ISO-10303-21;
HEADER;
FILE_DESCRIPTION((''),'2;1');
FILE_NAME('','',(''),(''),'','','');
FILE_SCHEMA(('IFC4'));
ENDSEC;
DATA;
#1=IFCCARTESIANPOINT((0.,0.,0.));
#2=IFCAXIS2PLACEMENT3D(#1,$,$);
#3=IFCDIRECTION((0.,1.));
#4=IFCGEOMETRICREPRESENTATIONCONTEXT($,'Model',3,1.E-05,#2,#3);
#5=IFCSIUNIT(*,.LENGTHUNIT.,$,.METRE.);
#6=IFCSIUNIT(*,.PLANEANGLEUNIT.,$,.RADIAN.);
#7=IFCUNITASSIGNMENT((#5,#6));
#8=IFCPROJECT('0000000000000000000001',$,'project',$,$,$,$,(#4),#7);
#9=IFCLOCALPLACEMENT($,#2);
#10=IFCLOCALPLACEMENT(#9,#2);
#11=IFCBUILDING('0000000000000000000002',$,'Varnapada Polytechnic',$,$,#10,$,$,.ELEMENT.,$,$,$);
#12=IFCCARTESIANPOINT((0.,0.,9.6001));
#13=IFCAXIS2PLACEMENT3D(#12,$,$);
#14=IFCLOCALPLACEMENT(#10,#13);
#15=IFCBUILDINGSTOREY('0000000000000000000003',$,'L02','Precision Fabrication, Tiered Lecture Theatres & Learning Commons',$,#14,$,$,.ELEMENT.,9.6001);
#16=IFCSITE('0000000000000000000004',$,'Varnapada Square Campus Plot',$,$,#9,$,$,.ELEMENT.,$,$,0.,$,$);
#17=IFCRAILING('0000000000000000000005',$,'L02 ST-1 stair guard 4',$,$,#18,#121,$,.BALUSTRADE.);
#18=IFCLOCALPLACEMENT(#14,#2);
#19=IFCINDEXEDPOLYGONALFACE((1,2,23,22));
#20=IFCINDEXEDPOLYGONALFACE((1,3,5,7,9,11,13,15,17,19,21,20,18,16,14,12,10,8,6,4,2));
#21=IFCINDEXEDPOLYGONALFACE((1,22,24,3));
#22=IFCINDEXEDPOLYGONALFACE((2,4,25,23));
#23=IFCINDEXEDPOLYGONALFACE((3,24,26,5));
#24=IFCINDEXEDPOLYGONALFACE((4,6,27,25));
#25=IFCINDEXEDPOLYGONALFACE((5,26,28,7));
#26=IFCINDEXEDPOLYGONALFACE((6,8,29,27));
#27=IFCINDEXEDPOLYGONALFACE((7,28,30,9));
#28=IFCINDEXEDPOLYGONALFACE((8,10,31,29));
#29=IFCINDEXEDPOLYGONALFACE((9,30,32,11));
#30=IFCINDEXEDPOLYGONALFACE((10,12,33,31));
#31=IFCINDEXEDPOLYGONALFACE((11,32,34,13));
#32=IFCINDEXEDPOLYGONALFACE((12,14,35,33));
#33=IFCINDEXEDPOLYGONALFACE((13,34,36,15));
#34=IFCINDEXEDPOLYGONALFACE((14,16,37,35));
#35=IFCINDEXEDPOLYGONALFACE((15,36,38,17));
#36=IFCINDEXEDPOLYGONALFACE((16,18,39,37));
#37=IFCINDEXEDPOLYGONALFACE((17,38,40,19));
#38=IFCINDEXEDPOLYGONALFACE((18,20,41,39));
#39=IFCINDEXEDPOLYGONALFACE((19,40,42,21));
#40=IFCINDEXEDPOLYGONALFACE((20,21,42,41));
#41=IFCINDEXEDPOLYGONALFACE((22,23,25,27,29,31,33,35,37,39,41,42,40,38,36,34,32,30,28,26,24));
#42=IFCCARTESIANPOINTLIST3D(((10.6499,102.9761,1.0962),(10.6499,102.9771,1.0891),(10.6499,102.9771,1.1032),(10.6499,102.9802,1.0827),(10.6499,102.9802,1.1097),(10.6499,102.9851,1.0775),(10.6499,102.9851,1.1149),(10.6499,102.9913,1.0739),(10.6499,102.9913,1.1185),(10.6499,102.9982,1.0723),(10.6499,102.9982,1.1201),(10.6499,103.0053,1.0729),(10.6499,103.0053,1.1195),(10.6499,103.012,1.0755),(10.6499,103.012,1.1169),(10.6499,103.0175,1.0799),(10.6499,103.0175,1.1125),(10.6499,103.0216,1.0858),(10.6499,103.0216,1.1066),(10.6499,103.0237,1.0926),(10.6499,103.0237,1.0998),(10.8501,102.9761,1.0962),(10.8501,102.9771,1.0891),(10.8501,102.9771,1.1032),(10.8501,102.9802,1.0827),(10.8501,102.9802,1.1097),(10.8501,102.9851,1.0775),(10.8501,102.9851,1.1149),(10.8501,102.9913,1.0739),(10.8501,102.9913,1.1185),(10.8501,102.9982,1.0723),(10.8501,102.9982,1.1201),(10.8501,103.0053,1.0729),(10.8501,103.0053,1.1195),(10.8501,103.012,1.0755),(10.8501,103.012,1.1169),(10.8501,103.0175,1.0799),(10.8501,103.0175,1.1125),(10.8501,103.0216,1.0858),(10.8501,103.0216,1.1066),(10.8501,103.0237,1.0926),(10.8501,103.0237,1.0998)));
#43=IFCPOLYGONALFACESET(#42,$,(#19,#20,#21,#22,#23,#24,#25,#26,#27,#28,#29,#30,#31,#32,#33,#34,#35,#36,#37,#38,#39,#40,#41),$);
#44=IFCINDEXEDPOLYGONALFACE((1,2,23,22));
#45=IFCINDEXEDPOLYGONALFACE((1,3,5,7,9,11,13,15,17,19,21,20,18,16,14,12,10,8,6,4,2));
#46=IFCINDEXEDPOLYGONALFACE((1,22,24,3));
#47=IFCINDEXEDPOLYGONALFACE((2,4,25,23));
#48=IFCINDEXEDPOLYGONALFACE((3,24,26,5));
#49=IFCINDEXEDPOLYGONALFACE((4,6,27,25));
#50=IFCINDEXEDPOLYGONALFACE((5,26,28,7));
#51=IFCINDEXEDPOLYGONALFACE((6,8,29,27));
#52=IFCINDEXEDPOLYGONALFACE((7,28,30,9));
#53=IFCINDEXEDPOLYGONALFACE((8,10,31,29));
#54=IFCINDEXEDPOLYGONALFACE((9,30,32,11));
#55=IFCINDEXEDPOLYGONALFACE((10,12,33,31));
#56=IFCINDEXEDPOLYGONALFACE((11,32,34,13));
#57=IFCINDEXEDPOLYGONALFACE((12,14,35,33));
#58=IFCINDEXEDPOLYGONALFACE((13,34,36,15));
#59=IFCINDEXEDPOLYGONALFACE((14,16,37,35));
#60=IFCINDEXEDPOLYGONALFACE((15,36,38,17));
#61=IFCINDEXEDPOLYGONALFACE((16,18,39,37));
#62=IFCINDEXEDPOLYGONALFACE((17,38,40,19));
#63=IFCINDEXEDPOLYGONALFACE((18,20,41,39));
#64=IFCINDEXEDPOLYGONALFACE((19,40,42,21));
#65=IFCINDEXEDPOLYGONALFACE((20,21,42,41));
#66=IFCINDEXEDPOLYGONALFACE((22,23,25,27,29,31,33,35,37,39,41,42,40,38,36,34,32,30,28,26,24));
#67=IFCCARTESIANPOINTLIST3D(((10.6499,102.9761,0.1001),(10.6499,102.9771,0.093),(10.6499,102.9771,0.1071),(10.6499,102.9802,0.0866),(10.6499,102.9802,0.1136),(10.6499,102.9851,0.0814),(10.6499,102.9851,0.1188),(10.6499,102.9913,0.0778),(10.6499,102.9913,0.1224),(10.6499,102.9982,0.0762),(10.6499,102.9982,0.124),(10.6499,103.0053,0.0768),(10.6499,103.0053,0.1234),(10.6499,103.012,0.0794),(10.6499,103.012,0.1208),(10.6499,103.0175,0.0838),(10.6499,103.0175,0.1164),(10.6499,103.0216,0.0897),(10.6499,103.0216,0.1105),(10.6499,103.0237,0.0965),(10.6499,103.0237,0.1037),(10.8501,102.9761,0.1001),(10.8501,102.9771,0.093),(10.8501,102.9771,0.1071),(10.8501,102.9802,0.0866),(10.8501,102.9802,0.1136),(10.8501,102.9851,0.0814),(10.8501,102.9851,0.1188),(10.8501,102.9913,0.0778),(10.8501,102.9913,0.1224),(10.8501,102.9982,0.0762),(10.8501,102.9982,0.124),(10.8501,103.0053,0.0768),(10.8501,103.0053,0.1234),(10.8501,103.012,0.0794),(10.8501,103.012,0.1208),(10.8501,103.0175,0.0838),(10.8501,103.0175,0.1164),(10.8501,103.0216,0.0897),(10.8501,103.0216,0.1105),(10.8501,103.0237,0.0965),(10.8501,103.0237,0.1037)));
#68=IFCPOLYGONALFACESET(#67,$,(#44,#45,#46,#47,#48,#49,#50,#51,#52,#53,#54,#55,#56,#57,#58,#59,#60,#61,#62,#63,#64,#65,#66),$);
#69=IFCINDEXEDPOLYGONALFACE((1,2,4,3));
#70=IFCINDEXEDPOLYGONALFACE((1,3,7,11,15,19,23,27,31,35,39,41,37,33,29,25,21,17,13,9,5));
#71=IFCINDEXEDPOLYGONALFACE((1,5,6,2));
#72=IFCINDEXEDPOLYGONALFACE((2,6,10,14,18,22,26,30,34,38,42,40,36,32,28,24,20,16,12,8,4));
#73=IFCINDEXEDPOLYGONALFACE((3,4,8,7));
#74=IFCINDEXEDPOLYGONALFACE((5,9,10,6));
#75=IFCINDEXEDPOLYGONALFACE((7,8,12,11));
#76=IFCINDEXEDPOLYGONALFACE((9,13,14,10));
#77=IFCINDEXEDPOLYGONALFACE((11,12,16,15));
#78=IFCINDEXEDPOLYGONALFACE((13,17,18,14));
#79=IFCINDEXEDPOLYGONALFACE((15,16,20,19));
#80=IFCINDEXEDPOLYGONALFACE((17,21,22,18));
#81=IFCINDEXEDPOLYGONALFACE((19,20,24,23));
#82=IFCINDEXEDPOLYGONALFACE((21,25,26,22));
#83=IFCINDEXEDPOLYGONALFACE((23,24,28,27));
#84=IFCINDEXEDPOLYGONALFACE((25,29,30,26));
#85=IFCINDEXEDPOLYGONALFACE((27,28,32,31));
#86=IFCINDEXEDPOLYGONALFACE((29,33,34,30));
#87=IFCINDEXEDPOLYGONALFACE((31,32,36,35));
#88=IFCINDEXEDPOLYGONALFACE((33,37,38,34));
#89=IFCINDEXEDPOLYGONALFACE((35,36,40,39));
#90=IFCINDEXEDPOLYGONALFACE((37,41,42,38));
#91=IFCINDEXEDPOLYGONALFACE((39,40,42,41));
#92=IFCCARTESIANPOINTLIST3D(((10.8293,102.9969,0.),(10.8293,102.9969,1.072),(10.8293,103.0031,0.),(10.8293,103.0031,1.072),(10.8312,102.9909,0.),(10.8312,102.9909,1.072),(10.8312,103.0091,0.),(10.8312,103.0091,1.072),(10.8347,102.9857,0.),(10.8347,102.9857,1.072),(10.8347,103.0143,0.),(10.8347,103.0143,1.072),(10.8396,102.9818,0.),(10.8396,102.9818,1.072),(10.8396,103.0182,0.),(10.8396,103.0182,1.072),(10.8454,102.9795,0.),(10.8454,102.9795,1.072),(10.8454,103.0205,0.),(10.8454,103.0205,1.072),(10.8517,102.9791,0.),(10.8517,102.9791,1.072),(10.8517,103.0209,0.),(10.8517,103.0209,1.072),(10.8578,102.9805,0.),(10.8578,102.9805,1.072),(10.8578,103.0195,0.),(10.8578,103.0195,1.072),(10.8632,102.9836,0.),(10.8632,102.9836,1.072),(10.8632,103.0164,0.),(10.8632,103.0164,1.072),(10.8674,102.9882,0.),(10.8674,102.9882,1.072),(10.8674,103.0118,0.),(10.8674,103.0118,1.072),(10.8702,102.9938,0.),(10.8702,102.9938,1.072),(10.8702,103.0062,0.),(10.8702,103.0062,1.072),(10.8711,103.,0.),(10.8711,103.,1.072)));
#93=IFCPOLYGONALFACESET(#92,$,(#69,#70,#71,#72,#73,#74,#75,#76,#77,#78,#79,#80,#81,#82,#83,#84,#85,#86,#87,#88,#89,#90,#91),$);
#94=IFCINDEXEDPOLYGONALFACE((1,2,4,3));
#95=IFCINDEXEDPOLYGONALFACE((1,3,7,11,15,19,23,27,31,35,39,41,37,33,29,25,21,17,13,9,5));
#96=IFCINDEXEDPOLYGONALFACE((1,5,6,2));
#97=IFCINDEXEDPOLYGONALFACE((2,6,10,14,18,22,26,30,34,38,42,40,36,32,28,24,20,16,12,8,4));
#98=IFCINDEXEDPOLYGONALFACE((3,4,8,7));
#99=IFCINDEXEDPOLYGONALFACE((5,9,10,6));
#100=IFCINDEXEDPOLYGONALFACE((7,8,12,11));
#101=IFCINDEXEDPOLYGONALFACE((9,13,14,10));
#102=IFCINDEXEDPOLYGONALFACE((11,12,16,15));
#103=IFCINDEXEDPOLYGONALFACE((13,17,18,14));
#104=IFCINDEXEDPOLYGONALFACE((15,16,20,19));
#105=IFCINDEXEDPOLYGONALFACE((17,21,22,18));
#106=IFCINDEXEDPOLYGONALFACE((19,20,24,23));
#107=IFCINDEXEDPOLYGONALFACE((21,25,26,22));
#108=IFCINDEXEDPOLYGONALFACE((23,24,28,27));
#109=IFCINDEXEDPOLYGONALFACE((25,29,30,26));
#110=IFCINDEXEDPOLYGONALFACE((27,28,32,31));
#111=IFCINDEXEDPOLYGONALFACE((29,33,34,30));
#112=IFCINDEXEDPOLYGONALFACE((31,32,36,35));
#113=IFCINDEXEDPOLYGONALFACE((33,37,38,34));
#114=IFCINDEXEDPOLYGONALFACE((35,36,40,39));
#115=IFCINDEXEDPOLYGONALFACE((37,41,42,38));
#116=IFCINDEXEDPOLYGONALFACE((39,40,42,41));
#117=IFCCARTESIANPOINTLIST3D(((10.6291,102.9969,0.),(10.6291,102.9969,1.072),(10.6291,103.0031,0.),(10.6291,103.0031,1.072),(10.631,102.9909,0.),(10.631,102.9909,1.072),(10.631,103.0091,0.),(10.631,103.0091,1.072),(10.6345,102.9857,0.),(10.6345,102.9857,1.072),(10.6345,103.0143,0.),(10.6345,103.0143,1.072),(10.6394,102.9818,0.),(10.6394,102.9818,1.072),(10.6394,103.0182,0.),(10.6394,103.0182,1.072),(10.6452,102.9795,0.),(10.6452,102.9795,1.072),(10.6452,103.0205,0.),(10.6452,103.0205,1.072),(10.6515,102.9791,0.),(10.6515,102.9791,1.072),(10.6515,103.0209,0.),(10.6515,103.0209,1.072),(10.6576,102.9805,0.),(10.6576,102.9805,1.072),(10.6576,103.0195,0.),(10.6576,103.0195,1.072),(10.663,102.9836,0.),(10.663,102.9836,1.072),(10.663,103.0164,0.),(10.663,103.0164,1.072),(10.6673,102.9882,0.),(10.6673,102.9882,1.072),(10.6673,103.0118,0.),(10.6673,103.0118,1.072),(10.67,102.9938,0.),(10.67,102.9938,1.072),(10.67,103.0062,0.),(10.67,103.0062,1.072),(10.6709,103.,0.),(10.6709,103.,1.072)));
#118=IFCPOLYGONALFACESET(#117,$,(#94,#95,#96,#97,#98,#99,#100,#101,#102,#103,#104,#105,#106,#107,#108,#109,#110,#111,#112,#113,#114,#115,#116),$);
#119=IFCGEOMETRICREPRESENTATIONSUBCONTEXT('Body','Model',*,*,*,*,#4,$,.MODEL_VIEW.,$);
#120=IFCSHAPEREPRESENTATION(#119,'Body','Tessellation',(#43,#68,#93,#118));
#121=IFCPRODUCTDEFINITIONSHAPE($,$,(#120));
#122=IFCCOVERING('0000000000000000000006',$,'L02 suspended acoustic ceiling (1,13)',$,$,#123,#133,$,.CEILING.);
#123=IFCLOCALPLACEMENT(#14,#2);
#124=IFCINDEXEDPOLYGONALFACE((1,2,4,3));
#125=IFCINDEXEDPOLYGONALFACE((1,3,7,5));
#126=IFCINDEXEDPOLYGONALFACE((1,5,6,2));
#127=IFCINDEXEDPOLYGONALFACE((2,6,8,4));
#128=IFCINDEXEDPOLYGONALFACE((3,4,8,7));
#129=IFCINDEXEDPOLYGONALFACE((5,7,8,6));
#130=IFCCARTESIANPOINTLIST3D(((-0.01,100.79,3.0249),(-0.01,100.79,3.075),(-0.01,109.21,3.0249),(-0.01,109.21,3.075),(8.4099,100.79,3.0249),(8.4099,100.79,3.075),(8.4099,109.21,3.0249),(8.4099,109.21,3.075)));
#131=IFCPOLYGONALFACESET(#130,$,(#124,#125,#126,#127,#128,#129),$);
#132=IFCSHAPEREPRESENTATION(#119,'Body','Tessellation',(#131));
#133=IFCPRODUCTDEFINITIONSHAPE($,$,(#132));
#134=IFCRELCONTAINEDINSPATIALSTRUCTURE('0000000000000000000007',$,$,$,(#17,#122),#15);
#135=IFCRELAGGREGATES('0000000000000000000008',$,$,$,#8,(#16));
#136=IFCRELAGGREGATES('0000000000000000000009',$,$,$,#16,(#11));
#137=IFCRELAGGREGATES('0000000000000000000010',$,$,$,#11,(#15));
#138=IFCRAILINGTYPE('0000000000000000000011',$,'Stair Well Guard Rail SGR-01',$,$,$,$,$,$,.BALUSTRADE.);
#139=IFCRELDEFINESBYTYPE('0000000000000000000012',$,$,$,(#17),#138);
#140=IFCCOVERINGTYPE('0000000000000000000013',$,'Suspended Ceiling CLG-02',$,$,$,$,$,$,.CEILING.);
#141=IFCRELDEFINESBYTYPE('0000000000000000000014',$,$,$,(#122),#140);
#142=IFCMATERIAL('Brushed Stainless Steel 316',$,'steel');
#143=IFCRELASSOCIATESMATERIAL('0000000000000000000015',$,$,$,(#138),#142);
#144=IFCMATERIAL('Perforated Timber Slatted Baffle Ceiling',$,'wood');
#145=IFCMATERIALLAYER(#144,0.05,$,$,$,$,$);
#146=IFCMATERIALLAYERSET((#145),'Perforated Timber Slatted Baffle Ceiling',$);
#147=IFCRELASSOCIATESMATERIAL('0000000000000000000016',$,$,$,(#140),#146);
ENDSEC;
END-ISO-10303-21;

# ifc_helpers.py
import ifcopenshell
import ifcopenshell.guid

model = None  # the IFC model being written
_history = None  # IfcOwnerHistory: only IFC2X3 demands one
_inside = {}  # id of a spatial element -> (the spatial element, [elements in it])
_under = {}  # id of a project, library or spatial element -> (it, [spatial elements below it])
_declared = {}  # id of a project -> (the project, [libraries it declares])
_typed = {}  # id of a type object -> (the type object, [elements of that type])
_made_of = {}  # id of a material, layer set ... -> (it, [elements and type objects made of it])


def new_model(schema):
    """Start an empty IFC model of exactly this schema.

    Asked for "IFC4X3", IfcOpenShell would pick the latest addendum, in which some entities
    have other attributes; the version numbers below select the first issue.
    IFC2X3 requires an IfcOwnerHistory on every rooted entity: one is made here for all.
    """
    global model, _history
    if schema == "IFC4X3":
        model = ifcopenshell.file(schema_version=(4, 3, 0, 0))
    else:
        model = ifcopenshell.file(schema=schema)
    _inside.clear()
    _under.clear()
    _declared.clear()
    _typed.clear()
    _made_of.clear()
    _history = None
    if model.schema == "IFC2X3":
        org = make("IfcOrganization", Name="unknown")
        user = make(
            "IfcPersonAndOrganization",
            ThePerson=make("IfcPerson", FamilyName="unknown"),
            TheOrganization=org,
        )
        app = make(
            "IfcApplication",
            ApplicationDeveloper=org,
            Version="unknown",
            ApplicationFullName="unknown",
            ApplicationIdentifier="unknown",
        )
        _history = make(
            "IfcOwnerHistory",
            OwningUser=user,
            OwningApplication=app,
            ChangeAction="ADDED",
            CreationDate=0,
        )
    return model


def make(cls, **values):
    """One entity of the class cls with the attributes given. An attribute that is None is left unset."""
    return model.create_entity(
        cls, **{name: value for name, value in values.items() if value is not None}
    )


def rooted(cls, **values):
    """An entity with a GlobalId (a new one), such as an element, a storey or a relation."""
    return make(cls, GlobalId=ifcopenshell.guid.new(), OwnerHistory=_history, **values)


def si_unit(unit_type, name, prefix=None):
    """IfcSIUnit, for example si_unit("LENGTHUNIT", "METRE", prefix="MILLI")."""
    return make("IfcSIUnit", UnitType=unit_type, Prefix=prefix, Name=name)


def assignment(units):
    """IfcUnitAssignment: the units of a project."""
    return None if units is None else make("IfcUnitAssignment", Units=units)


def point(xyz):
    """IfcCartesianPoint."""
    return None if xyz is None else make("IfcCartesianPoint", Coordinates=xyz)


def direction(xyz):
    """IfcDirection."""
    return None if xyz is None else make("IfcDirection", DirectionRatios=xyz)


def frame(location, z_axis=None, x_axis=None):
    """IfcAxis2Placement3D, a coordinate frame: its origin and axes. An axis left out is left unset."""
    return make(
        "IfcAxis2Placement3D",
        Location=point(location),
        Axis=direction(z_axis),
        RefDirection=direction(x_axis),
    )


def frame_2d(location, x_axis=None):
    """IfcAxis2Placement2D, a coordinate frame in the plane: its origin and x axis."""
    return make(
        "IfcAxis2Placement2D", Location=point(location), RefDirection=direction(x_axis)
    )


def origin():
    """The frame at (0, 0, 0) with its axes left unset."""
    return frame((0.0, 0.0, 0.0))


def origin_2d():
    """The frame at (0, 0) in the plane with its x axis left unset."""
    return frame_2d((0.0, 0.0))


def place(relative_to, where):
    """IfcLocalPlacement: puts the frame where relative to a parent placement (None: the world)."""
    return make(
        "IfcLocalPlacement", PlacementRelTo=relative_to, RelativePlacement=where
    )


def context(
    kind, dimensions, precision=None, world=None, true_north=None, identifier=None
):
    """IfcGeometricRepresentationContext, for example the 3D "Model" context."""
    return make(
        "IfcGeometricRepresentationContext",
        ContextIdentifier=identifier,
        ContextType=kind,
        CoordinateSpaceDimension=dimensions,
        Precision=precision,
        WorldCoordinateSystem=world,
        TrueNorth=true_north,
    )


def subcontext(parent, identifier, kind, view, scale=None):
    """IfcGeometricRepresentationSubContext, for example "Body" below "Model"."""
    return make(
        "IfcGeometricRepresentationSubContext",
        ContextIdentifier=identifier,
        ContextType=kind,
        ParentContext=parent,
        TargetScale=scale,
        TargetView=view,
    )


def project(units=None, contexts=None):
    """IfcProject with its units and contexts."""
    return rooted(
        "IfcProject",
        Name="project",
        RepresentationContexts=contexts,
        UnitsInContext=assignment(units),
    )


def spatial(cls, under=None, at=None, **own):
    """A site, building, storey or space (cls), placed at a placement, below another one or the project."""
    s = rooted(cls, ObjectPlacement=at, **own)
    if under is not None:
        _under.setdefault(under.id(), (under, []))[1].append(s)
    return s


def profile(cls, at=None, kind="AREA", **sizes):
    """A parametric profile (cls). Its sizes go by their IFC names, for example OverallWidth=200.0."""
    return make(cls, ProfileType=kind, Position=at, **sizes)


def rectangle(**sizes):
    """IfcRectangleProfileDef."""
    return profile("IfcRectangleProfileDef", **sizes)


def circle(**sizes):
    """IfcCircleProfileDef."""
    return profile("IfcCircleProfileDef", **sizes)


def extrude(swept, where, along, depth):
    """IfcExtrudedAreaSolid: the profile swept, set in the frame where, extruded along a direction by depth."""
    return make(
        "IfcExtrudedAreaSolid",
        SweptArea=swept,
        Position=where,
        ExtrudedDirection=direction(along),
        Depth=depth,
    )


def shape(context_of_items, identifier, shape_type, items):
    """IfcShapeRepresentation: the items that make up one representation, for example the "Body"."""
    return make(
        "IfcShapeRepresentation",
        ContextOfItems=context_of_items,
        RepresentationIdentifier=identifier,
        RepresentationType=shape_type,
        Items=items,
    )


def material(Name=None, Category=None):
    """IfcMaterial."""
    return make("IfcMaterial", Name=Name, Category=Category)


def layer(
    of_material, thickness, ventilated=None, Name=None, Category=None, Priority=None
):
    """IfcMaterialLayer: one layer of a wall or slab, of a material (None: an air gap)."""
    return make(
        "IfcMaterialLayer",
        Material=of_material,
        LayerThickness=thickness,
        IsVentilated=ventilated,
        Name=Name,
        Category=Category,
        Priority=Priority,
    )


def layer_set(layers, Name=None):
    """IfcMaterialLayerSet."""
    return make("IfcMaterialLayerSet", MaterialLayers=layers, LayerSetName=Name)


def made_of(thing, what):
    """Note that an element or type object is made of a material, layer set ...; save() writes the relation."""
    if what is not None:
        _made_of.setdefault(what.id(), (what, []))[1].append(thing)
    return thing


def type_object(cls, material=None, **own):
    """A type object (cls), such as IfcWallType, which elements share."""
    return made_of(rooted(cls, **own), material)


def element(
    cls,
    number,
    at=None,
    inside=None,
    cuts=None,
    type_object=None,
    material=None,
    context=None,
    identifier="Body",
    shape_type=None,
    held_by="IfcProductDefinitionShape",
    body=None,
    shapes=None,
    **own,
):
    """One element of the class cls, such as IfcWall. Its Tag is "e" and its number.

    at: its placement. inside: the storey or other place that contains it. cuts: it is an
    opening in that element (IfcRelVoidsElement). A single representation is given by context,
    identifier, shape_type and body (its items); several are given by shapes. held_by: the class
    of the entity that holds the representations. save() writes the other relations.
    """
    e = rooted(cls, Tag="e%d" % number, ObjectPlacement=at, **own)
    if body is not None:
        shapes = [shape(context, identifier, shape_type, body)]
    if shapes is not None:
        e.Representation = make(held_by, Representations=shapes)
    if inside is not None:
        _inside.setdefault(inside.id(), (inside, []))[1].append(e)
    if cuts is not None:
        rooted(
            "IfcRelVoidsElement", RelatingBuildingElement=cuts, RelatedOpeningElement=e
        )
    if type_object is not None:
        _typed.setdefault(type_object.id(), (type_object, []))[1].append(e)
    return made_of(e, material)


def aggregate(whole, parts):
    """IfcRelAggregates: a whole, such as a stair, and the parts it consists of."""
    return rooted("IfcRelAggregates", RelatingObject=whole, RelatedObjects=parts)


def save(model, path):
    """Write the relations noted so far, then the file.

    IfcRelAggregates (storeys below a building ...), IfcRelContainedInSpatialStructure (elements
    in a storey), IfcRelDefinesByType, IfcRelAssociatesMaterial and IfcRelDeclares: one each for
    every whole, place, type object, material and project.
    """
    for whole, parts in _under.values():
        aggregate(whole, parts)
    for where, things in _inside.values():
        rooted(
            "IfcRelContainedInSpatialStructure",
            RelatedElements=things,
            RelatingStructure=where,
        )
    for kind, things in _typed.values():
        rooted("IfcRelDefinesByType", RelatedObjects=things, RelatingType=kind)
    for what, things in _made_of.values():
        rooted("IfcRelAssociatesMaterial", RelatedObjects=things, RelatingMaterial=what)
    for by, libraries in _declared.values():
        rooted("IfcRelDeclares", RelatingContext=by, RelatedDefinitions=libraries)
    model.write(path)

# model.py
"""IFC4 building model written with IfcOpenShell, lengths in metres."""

from ifc_helpers import new_model, si_unit, direction, frame, origin, origin_2d, place, context, subcontext, project, spatial, rectangle, circle, extrude, material, layer, layer_set, type_object, element, save


model = new_model("IFC4")

# Units and contexts
model_context = context("Model", 3, precision=1e-05, world=origin(), true_north=direction((0.0, 1.0)))
body_context = subcontext(model_context, "Body", "Model", "MODEL_VIEW")
ifc_project = project(units=[si_unit("LENGTHUNIT", "METRE"), si_unit("PLANEANGLEUNIT", "RADIAN")], contexts=[model_context])

# Site, building, storey
site_placement = place(None, origin())
site = spatial("IfcSite", under=ifc_project, at=site_placement, Name="Varnapada Square Campus Plot", CompositionType="ELEMENT", RefElevation=0.0)
building_placement = place(site_placement, origin())
building = spatial("IfcBuilding", under=site, at=building_placement, Name="Varnapada Polytechnic", CompositionType="ELEMENT")
storey_placement = place(building_placement, frame((0.0, 0.0, 9.6001)))
storey = spatial("IfcBuildingStorey", under=building, at=storey_placement, Name="L02", Description="Precision Fabrication, Tiered Lecture Theatres & Learning Commons", CompositionType="ELEMENT", Elevation=9.6001)

# Railing
ifc_material_1 = material(Name="Brushed Stainless Steel 316", Category="steel")
railing_type_1 = type_object("IfcRailingType", Name="Stair Well Guard Rail SGR-01", PredefinedType="BALUSTRADE", material=ifc_material_1)
railing_1_placement = place(storey_placement, frame((10.8501, 103.0, 0.0)))
element("IfcRailing", 1, at=railing_1_placement, inside=storey, type_object=railing_type_1, Name="L02 ST-1 stair guard 4", PredefinedType="BALUSTRADE", context=body_context, shape_type="SweptSolid", body=[
    extrude(circle(Radius=0.0239, at=origin_2d()), frame((0.0, 0.0, 1.0962), z_axis=(-1.0, 0.0, 0.0), x_axis=(0.0, -1.0, 0.0)), (0.0, 0.0, 1.0), 0.2002),
    extrude(circle(Radius=0.0239, at=origin_2d()), frame((0.0, 0.0, 0.1001), z_axis=(-1.0, 0.0, 0.0), x_axis=(0.0, -1.0, 0.0)), (0.0, 0.0, 1.0), 0.2002),
    extrude(circle(Radius=0.021, at=origin_2d()), origin(), (0.0, 0.0, 1.0), 1.072),
    extrude(circle(Radius=0.021, at=origin_2d()), frame((-0.2002, 0.0, 0.0)), (0.0, 0.0, 1.0), 1.072),
])

# Covering
ifc_material_2 = material(Name="Perforated Timber Slatted Baffle Ceiling", Category="wood")
ifc_layer_1 = layer(ifc_material_2, 0.05)
ifc_layer_set_1 = layer_set([ifc_layer_1], Name="Perforated Timber Slatted Baffle Ceiling")
covering_type = type_object("IfcCoveringType", Name="Suspended Ceiling CLG-02", PredefinedType="CEILING", material=ifc_layer_set_1)
covering_placement = place(storey_placement, frame((4.2, 105.0, 3.0249), z_axis=(0.0, 0.0, 1.0), x_axis=(1.0, 0.0, 0.0)))
element("IfcCovering", 2, at=covering_placement, inside=storey, type_object=covering_type, Name="L02 suspended acoustic ceiling (1,13)", PredefinedType="CEILING", context=body_context, shape_type="SweptSolid", body=[
    extrude(rectangle(XDim=8.4199, YDim=8.4199, at=origin_2d()), origin(), (0.0, 0.0, 1.0), 0.05),
])

save(model, "model.ifc")
